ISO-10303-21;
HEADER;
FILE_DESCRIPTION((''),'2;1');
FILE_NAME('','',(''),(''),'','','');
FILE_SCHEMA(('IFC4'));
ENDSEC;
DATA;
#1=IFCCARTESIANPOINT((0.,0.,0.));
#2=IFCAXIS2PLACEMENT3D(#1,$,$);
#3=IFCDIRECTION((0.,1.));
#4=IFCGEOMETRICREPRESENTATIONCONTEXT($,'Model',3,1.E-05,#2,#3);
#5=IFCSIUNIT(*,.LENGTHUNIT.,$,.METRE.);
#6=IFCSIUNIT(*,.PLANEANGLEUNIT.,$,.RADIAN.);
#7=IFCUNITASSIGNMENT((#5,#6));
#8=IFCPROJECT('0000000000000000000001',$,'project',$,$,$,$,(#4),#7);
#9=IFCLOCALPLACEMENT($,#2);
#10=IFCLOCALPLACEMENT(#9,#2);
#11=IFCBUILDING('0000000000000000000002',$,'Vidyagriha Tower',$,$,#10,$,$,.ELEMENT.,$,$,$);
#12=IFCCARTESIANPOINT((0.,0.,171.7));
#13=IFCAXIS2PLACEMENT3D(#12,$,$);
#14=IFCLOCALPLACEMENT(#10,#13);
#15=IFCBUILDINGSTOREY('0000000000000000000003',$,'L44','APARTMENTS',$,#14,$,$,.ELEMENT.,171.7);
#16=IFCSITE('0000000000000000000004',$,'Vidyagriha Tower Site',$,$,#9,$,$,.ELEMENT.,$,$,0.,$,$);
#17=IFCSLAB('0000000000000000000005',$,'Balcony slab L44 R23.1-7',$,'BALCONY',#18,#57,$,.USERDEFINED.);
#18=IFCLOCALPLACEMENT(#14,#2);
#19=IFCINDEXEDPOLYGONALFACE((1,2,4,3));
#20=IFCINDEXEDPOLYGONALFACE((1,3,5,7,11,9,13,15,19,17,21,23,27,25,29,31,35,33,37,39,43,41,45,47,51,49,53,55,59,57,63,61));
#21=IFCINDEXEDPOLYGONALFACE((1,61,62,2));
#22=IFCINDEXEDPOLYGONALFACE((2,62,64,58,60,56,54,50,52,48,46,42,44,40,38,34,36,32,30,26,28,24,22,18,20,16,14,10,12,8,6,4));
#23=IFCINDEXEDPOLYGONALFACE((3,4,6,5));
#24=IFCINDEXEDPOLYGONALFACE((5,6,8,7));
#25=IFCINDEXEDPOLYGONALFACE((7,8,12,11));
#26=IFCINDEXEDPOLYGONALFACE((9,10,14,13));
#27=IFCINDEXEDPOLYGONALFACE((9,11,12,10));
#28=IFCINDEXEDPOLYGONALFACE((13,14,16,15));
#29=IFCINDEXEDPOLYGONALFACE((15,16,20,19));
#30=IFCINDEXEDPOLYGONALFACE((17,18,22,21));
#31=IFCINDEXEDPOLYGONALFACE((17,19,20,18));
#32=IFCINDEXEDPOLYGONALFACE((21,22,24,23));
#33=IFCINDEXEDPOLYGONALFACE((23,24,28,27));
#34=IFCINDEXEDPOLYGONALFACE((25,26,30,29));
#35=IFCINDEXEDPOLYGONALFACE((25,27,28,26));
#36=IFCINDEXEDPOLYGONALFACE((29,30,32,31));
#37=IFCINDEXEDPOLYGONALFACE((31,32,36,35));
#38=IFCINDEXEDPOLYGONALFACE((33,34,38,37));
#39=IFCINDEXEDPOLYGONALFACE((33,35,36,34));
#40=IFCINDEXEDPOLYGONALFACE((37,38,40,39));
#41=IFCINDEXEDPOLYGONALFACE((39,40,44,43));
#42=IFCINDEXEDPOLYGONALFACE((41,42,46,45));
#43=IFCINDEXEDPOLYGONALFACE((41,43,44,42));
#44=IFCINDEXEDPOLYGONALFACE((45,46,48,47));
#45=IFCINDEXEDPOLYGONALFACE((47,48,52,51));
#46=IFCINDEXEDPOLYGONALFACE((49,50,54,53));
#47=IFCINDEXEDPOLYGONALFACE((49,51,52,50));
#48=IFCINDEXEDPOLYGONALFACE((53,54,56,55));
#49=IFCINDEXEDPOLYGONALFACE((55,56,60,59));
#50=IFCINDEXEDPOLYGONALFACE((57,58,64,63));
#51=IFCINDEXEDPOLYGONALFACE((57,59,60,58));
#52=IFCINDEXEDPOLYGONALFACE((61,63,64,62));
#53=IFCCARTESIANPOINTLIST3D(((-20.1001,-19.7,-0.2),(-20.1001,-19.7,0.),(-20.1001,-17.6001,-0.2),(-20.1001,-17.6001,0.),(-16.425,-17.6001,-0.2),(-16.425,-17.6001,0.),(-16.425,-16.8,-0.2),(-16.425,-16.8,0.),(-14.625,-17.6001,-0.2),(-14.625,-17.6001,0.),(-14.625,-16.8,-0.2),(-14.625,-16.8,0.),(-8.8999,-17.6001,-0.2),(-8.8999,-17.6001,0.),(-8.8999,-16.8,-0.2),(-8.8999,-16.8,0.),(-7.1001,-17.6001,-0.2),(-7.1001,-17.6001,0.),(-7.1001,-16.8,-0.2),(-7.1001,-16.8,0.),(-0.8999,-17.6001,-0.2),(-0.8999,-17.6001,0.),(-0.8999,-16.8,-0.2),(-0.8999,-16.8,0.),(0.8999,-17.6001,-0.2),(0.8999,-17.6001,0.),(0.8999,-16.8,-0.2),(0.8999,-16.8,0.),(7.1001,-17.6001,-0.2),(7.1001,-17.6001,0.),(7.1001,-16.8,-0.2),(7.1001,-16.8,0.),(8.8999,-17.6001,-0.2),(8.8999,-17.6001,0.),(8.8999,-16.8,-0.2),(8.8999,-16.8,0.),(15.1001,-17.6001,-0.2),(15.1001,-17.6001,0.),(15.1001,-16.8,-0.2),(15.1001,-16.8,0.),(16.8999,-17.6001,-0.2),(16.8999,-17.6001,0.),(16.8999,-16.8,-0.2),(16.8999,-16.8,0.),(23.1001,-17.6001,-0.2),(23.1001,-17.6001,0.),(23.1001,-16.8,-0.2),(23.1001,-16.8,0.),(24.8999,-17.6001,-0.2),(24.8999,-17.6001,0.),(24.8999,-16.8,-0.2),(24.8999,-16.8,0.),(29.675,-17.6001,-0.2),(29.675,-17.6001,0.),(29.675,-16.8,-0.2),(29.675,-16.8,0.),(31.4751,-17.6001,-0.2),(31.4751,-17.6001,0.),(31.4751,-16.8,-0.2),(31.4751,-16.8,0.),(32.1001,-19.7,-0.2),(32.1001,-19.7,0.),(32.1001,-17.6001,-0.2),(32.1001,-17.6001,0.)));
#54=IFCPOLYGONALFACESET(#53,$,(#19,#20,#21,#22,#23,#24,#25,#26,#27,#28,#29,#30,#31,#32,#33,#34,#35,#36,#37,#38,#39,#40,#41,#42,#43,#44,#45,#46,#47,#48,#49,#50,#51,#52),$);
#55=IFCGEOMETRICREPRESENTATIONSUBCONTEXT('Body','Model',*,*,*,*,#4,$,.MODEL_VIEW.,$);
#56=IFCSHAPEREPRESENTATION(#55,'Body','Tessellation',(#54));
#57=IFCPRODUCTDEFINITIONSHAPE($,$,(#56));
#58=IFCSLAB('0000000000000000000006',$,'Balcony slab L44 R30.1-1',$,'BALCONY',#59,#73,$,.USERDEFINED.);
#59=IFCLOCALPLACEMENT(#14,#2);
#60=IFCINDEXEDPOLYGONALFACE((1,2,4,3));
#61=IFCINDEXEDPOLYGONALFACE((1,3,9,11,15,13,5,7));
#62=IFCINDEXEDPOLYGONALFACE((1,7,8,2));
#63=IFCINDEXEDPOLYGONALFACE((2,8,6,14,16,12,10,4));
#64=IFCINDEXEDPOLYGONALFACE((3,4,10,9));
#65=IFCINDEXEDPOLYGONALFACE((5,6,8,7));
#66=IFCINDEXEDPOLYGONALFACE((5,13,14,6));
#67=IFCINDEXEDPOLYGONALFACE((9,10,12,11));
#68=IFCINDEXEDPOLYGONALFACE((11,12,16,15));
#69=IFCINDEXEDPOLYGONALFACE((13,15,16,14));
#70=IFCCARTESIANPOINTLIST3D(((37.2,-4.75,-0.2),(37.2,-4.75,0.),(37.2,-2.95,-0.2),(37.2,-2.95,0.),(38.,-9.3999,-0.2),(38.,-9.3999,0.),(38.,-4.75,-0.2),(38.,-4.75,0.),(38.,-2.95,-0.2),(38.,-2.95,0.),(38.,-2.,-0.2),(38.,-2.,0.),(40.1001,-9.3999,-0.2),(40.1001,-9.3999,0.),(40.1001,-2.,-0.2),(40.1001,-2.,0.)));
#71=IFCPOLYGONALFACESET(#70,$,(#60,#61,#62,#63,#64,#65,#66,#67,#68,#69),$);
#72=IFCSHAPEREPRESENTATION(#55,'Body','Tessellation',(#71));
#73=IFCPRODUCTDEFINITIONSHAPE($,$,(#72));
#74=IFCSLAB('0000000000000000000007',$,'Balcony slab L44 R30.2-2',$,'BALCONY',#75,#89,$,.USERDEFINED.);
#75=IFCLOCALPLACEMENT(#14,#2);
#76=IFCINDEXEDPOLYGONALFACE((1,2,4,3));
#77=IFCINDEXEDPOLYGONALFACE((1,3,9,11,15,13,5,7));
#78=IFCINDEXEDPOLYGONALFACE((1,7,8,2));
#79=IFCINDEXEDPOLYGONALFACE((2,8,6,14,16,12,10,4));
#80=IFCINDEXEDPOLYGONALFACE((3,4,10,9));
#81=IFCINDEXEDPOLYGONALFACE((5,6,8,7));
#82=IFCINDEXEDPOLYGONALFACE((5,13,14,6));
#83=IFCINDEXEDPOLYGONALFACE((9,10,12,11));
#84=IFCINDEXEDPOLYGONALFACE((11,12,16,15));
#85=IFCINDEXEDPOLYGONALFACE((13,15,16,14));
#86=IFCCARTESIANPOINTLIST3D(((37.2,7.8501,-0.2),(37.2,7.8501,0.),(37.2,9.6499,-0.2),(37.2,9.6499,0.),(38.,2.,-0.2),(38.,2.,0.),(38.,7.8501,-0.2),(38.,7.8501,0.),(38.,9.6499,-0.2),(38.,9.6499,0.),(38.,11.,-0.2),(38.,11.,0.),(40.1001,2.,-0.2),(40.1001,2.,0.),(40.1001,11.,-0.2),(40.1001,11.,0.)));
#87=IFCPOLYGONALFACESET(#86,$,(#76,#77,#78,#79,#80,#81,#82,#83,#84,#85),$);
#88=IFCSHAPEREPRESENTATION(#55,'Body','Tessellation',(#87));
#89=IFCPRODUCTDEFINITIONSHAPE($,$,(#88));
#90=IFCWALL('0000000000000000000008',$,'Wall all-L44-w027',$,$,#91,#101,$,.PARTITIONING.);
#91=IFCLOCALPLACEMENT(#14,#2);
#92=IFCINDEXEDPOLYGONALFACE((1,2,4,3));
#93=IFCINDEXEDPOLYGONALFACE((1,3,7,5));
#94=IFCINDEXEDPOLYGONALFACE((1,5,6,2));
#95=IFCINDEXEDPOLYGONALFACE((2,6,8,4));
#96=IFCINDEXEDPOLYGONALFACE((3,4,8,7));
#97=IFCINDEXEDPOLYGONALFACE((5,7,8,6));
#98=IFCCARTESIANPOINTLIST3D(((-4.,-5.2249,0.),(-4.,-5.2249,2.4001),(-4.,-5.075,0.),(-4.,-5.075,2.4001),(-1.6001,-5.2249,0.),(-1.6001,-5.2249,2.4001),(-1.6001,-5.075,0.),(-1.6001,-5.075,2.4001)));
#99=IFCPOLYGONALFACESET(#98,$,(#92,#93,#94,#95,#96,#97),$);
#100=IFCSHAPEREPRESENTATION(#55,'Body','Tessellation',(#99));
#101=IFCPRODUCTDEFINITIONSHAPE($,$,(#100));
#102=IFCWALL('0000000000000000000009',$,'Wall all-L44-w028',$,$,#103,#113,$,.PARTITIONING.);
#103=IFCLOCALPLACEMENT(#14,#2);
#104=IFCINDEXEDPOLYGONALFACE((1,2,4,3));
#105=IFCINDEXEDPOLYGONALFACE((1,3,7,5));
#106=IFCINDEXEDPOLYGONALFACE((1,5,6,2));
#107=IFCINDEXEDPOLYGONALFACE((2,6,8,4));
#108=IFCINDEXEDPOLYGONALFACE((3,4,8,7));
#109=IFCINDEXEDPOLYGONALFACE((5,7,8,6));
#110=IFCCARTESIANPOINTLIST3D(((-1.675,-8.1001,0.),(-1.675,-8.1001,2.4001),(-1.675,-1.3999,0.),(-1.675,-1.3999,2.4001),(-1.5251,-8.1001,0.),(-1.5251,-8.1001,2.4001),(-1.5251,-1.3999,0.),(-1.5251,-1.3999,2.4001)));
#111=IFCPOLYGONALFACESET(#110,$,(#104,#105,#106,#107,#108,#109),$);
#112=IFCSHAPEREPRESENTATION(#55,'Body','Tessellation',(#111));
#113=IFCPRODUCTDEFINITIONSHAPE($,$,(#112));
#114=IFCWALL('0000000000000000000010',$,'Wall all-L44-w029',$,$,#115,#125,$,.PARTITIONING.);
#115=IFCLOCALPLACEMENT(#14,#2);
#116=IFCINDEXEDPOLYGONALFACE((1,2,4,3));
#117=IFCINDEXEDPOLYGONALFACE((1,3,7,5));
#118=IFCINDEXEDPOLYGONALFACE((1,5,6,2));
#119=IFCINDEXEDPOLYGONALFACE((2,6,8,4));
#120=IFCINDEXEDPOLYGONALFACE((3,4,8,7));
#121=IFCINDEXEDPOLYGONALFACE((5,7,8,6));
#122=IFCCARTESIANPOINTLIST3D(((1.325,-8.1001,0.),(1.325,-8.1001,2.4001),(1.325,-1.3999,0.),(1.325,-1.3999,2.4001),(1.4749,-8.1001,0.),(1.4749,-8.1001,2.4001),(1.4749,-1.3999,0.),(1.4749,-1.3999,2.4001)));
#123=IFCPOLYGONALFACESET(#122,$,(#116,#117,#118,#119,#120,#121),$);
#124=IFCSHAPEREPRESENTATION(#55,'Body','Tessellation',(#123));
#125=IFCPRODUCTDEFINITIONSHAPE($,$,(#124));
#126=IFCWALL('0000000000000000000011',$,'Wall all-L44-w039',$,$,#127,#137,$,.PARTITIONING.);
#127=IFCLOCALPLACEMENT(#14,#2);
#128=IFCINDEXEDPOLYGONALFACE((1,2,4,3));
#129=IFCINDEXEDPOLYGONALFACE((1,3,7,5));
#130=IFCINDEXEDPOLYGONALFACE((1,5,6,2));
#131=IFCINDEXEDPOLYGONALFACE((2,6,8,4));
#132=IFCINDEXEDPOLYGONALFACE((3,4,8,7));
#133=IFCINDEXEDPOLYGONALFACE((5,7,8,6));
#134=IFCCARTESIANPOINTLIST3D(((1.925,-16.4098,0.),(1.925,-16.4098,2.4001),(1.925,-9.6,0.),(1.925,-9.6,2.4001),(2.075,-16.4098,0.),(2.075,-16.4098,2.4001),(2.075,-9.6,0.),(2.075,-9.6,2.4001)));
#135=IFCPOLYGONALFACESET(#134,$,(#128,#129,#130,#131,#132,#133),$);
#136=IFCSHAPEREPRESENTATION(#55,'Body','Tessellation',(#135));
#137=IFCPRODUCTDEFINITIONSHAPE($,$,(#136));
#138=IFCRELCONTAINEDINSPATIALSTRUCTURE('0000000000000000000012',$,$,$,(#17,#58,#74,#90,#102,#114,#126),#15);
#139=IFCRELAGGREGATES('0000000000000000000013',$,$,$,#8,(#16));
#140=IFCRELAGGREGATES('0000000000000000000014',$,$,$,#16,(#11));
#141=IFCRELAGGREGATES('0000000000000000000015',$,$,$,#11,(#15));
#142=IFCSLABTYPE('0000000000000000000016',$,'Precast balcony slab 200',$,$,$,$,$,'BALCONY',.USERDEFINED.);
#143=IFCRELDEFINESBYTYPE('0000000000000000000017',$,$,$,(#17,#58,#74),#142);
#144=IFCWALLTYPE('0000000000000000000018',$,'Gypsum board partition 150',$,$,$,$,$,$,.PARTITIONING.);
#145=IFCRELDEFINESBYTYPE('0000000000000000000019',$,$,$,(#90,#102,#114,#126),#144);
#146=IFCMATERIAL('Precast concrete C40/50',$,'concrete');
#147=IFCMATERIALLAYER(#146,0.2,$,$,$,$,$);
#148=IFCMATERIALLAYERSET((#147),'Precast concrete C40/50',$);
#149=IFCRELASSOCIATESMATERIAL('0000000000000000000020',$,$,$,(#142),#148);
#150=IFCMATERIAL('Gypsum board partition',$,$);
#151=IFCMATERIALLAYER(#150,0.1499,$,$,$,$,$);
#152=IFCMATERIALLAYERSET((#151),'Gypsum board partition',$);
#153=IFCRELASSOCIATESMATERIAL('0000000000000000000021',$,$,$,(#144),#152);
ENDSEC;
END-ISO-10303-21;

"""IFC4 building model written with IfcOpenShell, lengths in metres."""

from ifc_helpers import new_model, si_unit, direction, frame, frame_2d, origin, place, context, subcontext, project, spatial, polyline, rectangle, outline, extrude, material, layer, layer_set, type_object, element, save


model = new_model("IFC4")

# Units and contexts
model_context = context("Model", 3, precision=1e-05, world=origin(), true_north=direction((0.0, 1.0)))
body_context = subcontext(model_context, "Body", "Model", "MODEL_VIEW")
ifc_project = project(units=[si_unit("LENGTHUNIT", "METRE"), si_unit("PLANEANGLEUNIT", "RADIAN")], contexts=[model_context])

# Site, building, storey
site_placement = place(None, origin())
site = spatial("IfcSite", under=ifc_project, at=site_placement, Name="Vidyagriha Tower Site", CompositionType="ELEMENT", RefElevation=0.0)
building_placement = place(site_placement, origin())
building = spatial("IfcBuilding", under=site, at=building_placement, Name="Vidyagriha Tower", CompositionType="ELEMENT")
storey_placement = place(building_placement, frame((0.0, 0.0, 171.7)))
storey = spatial("IfcBuildingStorey", under=building, at=storey_placement, Name="L44", Description="APARTMENTS", CompositionType="ELEMENT", Elevation=171.7)

# Slabs
ifc_material_1 = material(Name="Precast concrete C40/50", Category="concrete")
ifc_layer_1 = layer(ifc_material_1, 0.2)
ifc_layer_set_1 = layer_set([ifc_layer_1], Name="Precast concrete C40/50")
slab_type_1 = type_object("IfcSlabType", Name="Precast balcony slab 200", ElementType="BALCONY", PredefinedType="USERDEFINED", material=ifc_layer_set_1)
slab_1_placement = place(storey_placement, frame((0.0, 0.0, -0.2)))
element("IfcSlab", 1, at=slab_1_placement, inside=storey, type_object=slab_type_1, Name="Balcony slab L44 R23.1-7", ObjectType="BALCONY", PredefinedType="USERDEFINED", context=body_context, shape_type="SweptSolid", body=[
    extrude(outline(polyline([(-14.625, -16.8), (-16.425, -16.8), (-16.425, -17.6001), (-20.1001, -17.6001), (-20.1001, -19.7), (32.1001, -19.7), (32.1001, -17.6001), (31.4751, -17.6001), (31.4751, -16.8), (29.675, -16.8), (29.675, -17.6001), (24.8999, -17.6001), (24.8999, -16.8), (23.1001, -16.8), (23.1001, -17.6001), (16.8999, -17.6001), (16.8999, -16.8), (15.1001, -16.8), (15.1001, -17.6001), (8.8999, -17.6001), (8.8999, -16.8), (7.1001, -16.8), (7.1001, -17.6001), (0.8999, -17.6001), (0.8999, -16.8), (-0.8999, -16.8), (-0.8999, -17.6001), (-7.1001, -17.6001), (-7.1001, -16.8), (-8.8999, -16.8), (-8.8999, -17.6001), (-14.625, -17.6001), (-14.625, -16.8)])), origin(), (0.0, 0.0, 1.0), 0.2),
])
slab_2_placement = place(storey_placement, frame((0.0, 0.0, -0.2)))
element("IfcSlab", 2, at=slab_2_placement, inside=storey, type_object=slab_type_1, Name="Balcony slab L44 R30.1-1", ObjectType="BALCONY", PredefinedType="USERDEFINED", context=body_context, shape_type="SweptSolid", body=[
    extrude(outline(polyline([(38.0, -4.75), (38.0, -9.3999), (40.1001, -9.3999), (40.1001, -2.0), (38.0, -2.0), (38.0, -2.95), (37.2, -2.95), (37.2, -4.75), (38.0, -4.75)])), origin(), (0.0, 0.0, 1.0), 0.2),
])
slab_3_placement = place(storey_placement, frame((0.0, 0.0, -0.2)))
element("IfcSlab", 3, at=slab_3_placement, inside=storey, type_object=slab_type_1, Name="Balcony slab L44 R30.2-2", ObjectType="BALCONY", PredefinedType="USERDEFINED", context=body_context, shape_type="SweptSolid", body=[
    extrude(outline(polyline([(38.0, 7.8501), (38.0, 2.0), (40.1001, 2.0), (40.1001, 11.0), (38.0, 11.0), (38.0, 9.6499), (37.2, 9.6499), (37.2, 7.8501), (38.0, 7.8501)])), origin(), (0.0, 0.0, 1.0), 0.2),
])

# Walls
ifc_material_2 = material(Name="Gypsum board partition")
ifc_layer_2 = layer(ifc_material_2, 0.1499)
ifc_layer_set_2 = layer_set([ifc_layer_2], Name="Gypsum board partition")
wall_type = type_object("IfcWallType", Name="Gypsum board partition 150", PredefinedType="PARTITIONING", material=ifc_layer_set_2)
wall_1_placement = place(storey_placement, frame((-1.6001, -5.1499, 0.0), z_axis=(0.0, 0.0, 1.0), x_axis=(-1.0, 0.0, 0.0)))
element("IfcWall", 4, at=wall_1_placement, inside=storey, type_object=wall_type, Name="Wall all-L44-w027", PredefinedType="PARTITIONING", context=body_context, shape_type="SweptSolid", body=[
    extrude(rectangle(XDim=2.3999, YDim=0.1499, at=frame_2d((1.2, 0.0))), origin(), (0.0, 0.0, 1.0), 2.4001),
])
for number, where, z_axis, x_axis, name in (
    (5, (-1.6001, -1.3999, 0.0), (0.0, 0.0, 1.0), (0.0, -1.0, 0.0), "Wall all-L44-w028"),
    (6, (1.3999, -1.3999, 0.0), (0.0, 0.0, 1.0), (0.0, -1.0, 0.0), "Wall all-L44-w029"),
):
    element("IfcWall", number, at=place(storey_placement, frame(where, z_axis=z_axis, x_axis=x_axis)), inside=storey, type_object=wall_type, Name=name, PredefinedType="PARTITIONING", context=body_context, shape_type="SweptSolid", body=[
        extrude(rectangle(XDim=6.7002, YDim=0.1499, at=frame_2d((3.3501, 0.0))), origin(), (0.0, 0.0, 1.0), 2.4001),
    ])
wall_2_placement = place(storey_placement, frame((2.0, -9.6001, 0.0), z_axis=(0.0, 0.0, 1.0), x_axis=(0.0, -1.0, 0.0)))
element("IfcWall", 7, at=wall_2_placement, inside=storey, type_object=wall_type, Name="Wall all-L44-w039", PredefinedType="PARTITIONING", context=body_context, shape_type="SweptSolid", body=[
    extrude(rectangle(XDim=6.8098, YDim=0.1499, at=frame_2d((3.4048, 0.0))), origin(), (0.0, 0.0, 1.0), 2.4001),
])

save(model, "model.ifc")
